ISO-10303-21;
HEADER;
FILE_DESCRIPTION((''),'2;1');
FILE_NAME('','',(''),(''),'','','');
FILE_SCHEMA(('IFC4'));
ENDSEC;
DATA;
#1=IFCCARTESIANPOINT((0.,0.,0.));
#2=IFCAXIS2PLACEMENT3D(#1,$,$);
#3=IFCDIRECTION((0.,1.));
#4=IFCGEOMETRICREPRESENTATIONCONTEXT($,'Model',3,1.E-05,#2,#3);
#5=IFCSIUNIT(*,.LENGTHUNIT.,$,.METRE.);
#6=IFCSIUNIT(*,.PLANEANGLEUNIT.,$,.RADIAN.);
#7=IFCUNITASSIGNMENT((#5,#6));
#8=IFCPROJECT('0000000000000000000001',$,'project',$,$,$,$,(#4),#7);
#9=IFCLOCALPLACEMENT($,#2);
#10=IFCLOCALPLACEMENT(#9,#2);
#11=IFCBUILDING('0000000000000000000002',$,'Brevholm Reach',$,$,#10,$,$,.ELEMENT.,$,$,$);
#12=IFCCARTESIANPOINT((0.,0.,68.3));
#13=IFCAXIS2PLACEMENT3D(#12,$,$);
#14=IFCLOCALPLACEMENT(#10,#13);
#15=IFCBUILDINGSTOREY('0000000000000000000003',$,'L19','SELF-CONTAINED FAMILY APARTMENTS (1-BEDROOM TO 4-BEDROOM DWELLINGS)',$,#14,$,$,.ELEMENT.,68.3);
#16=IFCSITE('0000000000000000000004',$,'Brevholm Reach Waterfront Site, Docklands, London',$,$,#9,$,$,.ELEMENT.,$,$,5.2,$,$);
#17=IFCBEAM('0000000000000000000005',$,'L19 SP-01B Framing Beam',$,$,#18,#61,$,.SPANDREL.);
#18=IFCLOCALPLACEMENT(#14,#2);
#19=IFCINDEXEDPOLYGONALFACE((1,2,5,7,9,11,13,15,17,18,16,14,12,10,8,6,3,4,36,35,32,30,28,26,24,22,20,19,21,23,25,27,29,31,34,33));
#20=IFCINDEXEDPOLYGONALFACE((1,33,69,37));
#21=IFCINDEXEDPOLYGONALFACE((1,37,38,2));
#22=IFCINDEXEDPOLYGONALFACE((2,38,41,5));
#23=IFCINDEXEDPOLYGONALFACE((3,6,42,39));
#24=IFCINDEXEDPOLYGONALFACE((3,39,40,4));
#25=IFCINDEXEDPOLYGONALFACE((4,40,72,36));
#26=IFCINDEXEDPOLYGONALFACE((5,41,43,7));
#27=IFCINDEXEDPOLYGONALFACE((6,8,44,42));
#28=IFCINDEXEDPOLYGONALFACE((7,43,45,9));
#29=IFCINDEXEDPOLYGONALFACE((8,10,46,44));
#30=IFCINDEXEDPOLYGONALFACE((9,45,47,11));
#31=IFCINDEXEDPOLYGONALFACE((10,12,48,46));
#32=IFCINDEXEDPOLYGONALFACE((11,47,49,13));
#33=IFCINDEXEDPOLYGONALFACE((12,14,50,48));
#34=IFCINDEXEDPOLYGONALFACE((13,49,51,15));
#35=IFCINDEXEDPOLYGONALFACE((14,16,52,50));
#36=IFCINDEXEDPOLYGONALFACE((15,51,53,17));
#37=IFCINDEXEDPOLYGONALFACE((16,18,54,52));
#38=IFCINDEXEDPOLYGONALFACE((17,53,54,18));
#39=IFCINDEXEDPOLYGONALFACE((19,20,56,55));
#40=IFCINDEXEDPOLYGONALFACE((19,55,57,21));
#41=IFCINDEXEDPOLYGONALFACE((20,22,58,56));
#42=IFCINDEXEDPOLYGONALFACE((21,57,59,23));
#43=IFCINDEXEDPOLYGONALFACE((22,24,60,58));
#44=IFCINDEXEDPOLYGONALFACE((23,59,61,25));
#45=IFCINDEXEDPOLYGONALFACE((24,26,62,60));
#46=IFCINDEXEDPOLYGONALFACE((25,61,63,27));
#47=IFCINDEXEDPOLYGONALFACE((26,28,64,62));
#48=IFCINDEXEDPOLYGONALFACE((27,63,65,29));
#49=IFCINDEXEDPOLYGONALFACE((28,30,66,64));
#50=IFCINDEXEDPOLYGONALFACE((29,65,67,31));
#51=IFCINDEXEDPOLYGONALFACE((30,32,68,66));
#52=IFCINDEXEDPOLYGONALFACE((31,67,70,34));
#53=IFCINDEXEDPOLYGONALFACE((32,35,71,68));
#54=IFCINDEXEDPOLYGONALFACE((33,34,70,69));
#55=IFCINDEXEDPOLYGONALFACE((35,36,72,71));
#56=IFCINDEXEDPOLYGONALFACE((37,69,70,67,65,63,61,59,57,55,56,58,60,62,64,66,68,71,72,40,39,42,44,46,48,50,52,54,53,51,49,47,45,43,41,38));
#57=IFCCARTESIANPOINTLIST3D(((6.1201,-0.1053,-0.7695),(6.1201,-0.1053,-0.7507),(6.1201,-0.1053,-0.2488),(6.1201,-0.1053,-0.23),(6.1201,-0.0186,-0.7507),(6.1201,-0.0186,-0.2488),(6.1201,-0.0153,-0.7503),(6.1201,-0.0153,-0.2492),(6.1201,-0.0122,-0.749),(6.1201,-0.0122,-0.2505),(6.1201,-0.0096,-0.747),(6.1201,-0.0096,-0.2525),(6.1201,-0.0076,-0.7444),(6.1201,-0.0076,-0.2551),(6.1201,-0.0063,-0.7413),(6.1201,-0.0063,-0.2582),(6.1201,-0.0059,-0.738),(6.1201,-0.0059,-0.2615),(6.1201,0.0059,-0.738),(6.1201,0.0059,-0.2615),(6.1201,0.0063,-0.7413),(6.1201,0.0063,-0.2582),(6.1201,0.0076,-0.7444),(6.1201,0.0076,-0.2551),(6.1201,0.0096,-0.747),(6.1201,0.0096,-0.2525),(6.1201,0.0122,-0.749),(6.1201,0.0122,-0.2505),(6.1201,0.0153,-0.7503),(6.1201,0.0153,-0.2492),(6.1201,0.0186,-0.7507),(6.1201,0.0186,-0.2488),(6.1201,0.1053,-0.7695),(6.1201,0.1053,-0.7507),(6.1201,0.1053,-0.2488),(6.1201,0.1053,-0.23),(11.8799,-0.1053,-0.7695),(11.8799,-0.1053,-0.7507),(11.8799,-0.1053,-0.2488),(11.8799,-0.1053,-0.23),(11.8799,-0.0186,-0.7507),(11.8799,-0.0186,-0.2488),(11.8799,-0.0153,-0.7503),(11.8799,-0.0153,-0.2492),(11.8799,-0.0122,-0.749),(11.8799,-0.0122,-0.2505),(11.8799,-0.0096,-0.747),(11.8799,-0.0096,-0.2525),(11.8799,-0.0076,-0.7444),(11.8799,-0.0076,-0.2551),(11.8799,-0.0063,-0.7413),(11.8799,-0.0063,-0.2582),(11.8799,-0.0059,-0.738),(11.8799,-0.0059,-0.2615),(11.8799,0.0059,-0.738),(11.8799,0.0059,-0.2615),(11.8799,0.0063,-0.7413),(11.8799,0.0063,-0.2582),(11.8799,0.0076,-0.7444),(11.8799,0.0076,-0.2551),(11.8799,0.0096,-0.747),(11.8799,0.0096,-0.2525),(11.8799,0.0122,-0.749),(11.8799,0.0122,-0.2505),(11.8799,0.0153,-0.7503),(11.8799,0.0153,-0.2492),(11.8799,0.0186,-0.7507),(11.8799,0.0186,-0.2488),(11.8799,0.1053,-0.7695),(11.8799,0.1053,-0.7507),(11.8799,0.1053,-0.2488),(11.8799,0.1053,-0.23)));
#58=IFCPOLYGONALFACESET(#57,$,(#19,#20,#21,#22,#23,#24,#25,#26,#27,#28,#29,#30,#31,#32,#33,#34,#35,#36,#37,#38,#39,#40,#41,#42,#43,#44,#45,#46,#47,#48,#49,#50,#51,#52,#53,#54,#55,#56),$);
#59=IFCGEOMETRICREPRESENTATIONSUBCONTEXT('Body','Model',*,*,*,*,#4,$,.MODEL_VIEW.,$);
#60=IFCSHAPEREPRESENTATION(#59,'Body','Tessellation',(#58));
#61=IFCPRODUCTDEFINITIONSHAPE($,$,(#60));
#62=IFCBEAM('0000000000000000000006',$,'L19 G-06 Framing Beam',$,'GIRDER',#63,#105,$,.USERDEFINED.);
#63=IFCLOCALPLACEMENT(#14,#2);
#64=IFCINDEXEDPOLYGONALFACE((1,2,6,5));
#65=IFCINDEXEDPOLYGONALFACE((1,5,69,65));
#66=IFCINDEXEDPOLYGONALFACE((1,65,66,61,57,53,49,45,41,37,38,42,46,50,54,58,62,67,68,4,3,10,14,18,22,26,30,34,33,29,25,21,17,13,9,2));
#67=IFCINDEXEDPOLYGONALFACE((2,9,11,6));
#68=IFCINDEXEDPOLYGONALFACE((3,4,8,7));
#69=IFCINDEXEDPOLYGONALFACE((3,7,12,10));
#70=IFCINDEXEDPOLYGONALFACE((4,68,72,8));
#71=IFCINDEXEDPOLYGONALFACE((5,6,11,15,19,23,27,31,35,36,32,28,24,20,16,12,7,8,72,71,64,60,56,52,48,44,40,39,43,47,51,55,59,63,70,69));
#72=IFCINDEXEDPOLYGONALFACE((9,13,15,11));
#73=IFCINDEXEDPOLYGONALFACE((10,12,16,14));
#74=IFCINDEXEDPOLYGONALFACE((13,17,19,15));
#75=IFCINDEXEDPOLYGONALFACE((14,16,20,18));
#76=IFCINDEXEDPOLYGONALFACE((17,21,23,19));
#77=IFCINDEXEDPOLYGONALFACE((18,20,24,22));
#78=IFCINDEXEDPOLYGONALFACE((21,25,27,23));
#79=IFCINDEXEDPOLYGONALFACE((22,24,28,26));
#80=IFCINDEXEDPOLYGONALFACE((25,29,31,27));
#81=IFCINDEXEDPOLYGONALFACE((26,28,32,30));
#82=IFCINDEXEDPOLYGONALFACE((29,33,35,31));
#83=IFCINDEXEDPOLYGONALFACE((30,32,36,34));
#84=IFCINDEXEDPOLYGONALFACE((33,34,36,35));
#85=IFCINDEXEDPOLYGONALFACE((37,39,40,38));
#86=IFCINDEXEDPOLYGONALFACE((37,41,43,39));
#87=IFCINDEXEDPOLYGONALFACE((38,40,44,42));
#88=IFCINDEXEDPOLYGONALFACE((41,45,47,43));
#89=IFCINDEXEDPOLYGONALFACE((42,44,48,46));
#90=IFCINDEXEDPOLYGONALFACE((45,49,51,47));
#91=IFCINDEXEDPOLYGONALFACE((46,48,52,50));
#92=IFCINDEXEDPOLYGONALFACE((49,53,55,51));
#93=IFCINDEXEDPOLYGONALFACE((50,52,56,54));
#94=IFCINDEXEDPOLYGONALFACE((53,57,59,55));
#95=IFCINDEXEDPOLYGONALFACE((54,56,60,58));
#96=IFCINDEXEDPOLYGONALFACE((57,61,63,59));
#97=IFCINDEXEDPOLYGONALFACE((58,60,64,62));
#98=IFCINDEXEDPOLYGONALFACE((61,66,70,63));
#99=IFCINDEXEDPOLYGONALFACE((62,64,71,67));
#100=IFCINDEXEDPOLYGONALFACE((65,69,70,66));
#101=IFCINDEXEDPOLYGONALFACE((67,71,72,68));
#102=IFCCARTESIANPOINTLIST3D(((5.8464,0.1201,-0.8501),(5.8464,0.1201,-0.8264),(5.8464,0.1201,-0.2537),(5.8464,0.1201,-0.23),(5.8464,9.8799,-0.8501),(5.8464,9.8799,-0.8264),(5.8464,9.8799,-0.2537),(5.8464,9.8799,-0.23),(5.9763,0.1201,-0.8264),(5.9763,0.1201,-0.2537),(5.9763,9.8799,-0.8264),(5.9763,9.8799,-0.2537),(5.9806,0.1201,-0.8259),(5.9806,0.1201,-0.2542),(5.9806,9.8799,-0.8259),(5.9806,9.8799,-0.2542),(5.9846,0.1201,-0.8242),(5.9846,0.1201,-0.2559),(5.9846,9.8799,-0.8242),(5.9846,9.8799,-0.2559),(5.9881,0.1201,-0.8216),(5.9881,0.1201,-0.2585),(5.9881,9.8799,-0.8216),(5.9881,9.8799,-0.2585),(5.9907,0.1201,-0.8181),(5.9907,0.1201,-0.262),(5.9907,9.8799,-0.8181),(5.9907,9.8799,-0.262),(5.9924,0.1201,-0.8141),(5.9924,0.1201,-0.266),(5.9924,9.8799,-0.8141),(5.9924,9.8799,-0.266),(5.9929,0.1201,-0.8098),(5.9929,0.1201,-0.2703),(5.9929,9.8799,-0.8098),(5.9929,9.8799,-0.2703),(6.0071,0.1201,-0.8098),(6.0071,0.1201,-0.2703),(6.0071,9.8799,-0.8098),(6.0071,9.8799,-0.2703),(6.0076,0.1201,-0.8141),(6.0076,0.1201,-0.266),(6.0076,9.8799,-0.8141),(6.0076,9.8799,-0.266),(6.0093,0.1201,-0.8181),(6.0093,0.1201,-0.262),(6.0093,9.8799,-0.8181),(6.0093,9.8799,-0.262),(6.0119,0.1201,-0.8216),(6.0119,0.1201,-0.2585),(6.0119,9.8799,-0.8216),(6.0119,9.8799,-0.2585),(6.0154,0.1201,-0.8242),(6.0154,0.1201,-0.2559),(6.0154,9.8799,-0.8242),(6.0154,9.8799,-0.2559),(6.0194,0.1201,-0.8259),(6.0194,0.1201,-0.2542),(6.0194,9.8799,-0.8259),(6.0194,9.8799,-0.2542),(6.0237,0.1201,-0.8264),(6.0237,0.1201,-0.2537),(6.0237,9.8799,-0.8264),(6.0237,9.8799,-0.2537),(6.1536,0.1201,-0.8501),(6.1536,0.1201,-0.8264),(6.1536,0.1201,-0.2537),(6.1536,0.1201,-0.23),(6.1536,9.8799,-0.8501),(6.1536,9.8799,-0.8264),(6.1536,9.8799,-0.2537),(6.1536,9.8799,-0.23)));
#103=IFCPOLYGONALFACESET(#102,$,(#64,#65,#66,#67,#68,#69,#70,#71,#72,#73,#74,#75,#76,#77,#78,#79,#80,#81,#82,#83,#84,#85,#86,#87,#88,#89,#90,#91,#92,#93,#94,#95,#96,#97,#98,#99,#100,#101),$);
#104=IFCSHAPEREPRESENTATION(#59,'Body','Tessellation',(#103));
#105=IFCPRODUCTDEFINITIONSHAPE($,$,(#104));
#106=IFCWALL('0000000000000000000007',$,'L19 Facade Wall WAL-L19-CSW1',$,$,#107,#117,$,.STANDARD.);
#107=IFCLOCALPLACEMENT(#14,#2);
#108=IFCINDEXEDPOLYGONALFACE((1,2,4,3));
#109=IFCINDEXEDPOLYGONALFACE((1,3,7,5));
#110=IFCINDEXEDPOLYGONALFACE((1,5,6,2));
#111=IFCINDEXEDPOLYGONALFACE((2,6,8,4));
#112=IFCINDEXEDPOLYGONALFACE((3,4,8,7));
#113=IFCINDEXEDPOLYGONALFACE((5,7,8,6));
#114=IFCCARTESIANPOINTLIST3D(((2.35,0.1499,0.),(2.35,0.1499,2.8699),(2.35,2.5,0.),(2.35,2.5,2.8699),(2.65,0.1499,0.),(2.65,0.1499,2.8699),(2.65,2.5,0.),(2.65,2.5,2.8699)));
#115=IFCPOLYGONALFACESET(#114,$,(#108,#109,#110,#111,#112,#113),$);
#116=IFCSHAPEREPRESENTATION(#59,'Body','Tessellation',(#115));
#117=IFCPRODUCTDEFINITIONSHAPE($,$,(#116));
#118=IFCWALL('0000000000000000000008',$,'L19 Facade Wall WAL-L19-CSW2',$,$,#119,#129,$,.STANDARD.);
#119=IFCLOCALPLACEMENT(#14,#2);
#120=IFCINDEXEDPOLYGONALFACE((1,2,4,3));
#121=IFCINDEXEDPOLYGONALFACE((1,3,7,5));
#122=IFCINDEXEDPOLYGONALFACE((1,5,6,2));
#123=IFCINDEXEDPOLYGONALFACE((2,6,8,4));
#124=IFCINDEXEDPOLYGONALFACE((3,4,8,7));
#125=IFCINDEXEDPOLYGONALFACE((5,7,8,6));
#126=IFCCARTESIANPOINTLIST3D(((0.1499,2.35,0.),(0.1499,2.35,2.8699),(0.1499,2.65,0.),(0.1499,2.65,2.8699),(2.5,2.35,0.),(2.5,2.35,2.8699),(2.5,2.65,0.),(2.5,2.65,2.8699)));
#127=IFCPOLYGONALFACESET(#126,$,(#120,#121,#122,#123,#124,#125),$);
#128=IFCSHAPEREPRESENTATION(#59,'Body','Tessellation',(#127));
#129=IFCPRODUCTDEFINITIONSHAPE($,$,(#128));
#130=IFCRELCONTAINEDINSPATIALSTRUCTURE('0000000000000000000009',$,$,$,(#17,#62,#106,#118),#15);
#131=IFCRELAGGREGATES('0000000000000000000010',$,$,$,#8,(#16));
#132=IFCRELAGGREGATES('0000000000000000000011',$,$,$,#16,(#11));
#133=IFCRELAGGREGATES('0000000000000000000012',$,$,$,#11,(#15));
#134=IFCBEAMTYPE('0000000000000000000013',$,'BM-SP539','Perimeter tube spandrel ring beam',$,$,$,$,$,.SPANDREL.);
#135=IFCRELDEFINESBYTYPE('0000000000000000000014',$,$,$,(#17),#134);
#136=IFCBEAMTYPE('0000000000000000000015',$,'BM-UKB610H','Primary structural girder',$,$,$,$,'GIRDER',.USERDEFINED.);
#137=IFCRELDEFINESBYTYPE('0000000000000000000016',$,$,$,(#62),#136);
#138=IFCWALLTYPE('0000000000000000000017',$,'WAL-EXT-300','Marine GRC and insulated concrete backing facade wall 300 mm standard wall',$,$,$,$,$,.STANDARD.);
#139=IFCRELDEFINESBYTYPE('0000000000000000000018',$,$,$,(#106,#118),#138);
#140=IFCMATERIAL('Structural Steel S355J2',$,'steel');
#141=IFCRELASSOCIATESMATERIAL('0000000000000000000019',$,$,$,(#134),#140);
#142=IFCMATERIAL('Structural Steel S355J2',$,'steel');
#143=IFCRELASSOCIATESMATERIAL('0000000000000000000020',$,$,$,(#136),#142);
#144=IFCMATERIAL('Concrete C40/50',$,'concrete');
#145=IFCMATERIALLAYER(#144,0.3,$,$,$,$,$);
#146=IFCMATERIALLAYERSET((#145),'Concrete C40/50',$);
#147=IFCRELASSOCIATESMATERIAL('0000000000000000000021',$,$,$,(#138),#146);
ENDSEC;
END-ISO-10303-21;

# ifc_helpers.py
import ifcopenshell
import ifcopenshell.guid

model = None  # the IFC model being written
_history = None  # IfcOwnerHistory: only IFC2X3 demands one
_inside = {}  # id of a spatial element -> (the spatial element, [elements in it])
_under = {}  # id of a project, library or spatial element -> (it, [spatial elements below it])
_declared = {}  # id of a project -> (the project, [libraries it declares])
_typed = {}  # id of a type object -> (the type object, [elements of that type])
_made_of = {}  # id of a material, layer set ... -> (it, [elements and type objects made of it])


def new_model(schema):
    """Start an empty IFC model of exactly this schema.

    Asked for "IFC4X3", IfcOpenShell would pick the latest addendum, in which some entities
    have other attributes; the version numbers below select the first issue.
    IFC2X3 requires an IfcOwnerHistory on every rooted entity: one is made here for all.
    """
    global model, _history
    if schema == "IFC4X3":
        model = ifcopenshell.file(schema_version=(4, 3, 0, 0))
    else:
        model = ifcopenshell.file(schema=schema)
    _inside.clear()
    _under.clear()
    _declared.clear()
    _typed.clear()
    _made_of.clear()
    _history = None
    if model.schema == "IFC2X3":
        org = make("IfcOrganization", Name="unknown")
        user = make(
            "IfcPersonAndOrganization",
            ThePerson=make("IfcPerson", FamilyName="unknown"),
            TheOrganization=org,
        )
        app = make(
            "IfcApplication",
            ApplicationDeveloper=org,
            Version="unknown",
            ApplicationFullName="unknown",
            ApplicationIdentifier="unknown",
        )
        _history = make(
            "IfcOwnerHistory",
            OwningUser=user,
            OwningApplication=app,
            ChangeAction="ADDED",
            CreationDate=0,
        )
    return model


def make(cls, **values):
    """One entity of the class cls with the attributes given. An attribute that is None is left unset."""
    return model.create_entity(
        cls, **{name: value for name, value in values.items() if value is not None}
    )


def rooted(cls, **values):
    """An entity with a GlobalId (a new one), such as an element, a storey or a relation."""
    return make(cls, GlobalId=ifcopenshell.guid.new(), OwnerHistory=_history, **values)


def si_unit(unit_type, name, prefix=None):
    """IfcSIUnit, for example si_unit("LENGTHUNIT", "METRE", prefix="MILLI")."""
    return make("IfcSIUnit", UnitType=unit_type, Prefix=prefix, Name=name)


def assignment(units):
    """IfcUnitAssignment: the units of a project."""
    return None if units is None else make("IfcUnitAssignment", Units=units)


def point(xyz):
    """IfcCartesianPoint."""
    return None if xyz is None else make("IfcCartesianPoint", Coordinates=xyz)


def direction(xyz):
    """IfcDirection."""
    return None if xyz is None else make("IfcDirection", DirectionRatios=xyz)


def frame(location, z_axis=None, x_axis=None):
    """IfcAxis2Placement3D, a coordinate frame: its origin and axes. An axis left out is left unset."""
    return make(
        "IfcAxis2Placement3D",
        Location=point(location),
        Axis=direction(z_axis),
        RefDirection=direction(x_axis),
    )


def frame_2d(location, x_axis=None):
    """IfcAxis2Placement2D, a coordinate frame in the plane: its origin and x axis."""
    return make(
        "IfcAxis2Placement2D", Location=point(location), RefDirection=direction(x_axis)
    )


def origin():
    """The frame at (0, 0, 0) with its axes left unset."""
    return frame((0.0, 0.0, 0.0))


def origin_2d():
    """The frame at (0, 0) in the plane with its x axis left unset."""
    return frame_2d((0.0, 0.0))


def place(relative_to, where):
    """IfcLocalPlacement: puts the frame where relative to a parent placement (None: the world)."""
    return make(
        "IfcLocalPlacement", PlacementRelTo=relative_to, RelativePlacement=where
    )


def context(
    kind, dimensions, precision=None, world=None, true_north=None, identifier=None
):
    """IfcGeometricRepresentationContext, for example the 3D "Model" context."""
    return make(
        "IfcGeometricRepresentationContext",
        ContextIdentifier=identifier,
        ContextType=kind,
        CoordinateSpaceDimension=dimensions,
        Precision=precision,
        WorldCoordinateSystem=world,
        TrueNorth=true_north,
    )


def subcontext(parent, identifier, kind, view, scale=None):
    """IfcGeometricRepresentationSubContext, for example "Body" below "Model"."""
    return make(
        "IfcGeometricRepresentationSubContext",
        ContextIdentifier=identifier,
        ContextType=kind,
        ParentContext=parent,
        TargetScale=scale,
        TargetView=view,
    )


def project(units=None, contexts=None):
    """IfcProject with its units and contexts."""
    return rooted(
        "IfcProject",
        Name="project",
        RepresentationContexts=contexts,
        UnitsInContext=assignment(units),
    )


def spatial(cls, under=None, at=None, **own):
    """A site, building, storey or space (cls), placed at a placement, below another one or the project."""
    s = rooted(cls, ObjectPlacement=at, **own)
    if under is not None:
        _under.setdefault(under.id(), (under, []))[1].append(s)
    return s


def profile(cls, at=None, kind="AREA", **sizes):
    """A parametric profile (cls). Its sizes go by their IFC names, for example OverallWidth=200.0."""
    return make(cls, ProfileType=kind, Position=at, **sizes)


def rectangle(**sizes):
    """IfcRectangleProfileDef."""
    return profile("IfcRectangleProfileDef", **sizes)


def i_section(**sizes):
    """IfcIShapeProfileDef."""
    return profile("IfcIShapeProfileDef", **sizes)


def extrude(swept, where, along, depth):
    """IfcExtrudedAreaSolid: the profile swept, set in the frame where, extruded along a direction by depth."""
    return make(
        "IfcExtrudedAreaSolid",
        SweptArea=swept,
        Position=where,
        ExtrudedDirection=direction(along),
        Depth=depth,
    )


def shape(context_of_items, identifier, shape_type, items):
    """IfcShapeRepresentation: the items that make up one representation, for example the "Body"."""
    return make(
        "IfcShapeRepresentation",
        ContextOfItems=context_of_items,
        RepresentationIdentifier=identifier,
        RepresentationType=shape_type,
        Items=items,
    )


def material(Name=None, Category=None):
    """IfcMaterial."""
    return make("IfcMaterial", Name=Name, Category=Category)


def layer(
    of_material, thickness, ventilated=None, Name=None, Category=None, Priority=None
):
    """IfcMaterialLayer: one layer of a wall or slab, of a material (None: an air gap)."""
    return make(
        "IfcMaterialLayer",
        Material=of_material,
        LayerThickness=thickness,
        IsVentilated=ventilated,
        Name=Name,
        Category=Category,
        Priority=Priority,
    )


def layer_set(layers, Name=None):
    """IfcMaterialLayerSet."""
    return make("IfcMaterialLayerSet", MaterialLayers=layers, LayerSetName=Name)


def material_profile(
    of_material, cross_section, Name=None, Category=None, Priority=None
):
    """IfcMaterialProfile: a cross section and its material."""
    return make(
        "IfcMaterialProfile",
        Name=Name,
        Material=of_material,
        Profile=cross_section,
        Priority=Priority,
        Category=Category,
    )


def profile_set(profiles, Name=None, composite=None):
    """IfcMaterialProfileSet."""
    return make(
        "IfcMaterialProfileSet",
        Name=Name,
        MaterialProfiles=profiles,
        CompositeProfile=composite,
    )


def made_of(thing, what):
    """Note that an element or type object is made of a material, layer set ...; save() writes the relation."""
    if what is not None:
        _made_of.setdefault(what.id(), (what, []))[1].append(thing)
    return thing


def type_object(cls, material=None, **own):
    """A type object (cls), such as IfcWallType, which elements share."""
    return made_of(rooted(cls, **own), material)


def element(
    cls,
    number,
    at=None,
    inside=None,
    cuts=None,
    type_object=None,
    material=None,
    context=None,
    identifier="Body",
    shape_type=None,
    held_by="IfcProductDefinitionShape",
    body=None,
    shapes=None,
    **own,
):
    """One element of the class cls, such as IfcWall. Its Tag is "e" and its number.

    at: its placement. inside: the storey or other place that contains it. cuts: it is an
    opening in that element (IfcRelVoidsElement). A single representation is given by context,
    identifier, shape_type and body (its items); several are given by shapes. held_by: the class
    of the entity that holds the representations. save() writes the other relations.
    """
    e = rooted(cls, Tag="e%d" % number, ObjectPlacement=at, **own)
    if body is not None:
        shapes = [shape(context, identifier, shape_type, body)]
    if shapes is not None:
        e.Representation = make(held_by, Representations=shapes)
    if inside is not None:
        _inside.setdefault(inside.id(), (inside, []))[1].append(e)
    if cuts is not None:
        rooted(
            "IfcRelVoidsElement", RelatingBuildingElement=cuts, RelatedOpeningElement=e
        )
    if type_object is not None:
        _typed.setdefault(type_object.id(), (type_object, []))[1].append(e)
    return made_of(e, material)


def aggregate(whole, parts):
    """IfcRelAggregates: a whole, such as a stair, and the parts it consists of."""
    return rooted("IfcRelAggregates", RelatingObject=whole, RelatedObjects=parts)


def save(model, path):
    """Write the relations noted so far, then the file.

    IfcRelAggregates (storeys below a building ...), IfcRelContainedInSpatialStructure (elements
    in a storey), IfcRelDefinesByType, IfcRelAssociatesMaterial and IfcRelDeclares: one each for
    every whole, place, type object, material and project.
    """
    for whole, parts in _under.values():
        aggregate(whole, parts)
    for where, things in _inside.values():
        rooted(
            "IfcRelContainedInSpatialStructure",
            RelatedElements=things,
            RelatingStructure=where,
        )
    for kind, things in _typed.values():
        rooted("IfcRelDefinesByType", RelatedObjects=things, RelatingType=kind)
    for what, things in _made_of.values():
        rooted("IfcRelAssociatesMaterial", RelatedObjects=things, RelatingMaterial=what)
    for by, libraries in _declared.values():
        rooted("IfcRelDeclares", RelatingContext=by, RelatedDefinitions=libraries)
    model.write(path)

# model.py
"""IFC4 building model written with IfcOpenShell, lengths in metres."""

from ifc_helpers import new_model, si_unit, direction, frame, frame_2d, origin, origin_2d, place, context, subcontext, project, spatial, rectangle, i_section, extrude, material, layer, layer_set, material_profile, profile_set, type_object, element, save


model = new_model("IFC4")

# Units and contexts
model_context = context("Model", 3, precision=1e-05, world=origin(), true_north=direction((0.0, 1.0)))
body_context = subcontext(model_context, "Body", "Model", "MODEL_VIEW")
ifc_project = project(units=[si_unit("LENGTHUNIT", "METRE"), si_unit("PLANEANGLEUNIT", "RADIAN")], contexts=[model_context])

# Site, building, storey
site_placement = place(None, origin())
site = spatial("IfcSite", under=ifc_project, at=site_placement, Name="Brevholm Reach Waterfront Site, Docklands, London", CompositionType="ELEMENT", RefElevation=5.2)
building_placement = place(site_placement, origin())
building = spatial("IfcBuilding", under=site, at=building_placement, Name="Brevholm Reach", CompositionType="ELEMENT")
storey_placement = place(building_placement, frame((0.0, 0.0, 68.3)))
storey = spatial("IfcBuildingStorey", under=building, at=storey_placement, Name="L19", Description="SELF-CONTAINED FAMILY APARTMENTS (1-BEDROOM TO 4-BEDROOM DWELLINGS)", CompositionType="ELEMENT", Elevation=68.3)

# Beams
ifc_material_1 = material(Name="Structural Steel S355J2", Category="steel")
ifc_material_profile_1 = material_profile(ifc_material_1, i_section(OverallWidth=0.2107, OverallDepth=0.5396, WebThickness=0.0117, FlangeThickness=0.0188, FilletRadius=0.0127, at=origin_2d()), Name="UKB 533x210x109")
ifc_profile_set_1 = profile_set([ifc_material_profile_1], Name="Structural Steel S355J2")
beam_type_1 = type_object("IfcBeamType", Name="BM-SP539", Description="Perimeter tube spandrel ring beam", PredefinedType="SPANDREL", material=ifc_profile_set_1)
beam_1_placement = place(storey_placement, frame((6.1201, 0.0, -0.4998), z_axis=(1.0, 0.0, 0.0), x_axis=(0.0, 1.0, 0.0)))
element("IfcBeam", 1, at=beam_1_placement, inside=storey, type_object=beam_type_1, Name="L19 SP-01B Framing Beam", PredefinedType="SPANDREL", context=body_context, shape_type="SweptSolid", body=[
    extrude(i_section(OverallWidth=0.2107, OverallDepth=0.5396, WebThickness=0.0117, FlangeThickness=0.0188, FilletRadius=0.0127, at=origin_2d()), origin(), (0.0, 0.0, 1.0), 5.7598),
])
ifc_material_2 = material(Name="Structural Steel S355J2", Category="steel")
ifc_material_profile_2 = material_profile(ifc_material_2, i_section(OverallWidth=0.3071, OverallDepth=0.6201, WebThickness=0.0142, FlangeThickness=0.0237, FilletRadius=0.0166, at=origin_2d()), Name="UKB 610x305x179")
ifc_profile_set_2 = profile_set([ifc_material_profile_2], Name="Structural Steel S355J2")
beam_type_2 = type_object("IfcBeamType", Name="BM-UKB610H", Description="Primary structural girder", ElementType="GIRDER", PredefinedType="USERDEFINED", material=ifc_profile_set_2)
beam_2_placement = place(storey_placement, frame((6.0, 0.1201, -0.54), z_axis=(0.0, 1.0, 0.0), x_axis=(-1.0, 0.0, 0.0)))
element("IfcBeam", 2, at=beam_2_placement, inside=storey, type_object=beam_type_2, Name="L19 G-06 Framing Beam", ObjectType="GIRDER", PredefinedType="USERDEFINED", context=body_context, shape_type="SweptSolid", body=[
    extrude(i_section(OverallWidth=0.3071, OverallDepth=0.6201, WebThickness=0.0142, FlangeThickness=0.0237, FilletRadius=0.0166, at=origin_2d()), origin(), (0.0, 0.0, 1.0), 9.7598),
])

# Walls
ifc_material_3 = material(Name="Concrete C40/50", Category="concrete")
ifc_layer_1 = layer(ifc_material_3, 0.3)
ifc_layer_set_1 = layer_set([ifc_layer_1], Name="Concrete C40/50")
wall_type_1 = type_object("IfcWallType", Name="WAL-EXT-300", Description="Marine GRC and insulated concrete backing facade wall 300 mm standard wall", PredefinedType="STANDARD", material=ifc_layer_set_1)
for number, where, z_axis, x_axis, name in (
    (3, (2.5, 2.5, 0.0), (0.0, 0.0, 1.0), (0.0, -1.0, 0.0), "L19 Facade Wall WAL-L19-CSW1"),
    (4, (0.1499, 2.5, 0.0), (0.0, 0.0, 1.0), (1.0, 0.0, 0.0), "L19 Facade Wall WAL-L19-CSW2"),
):
    element("IfcWall", number, at=place(storey_placement, frame(where, z_axis=z_axis, x_axis=x_axis)), inside=storey, type_object=wall_type_1, Name=name, PredefinedType="STANDARD", context=body_context, shape_type="SweptSolid", body=[
        extrude(rectangle(XDim=2.3501, YDim=0.3, at=frame_2d((1.175, 0.0))), origin(), (0.0, 0.0, 1.0), 2.8699),
    ])

save(model, "model.ifc")
